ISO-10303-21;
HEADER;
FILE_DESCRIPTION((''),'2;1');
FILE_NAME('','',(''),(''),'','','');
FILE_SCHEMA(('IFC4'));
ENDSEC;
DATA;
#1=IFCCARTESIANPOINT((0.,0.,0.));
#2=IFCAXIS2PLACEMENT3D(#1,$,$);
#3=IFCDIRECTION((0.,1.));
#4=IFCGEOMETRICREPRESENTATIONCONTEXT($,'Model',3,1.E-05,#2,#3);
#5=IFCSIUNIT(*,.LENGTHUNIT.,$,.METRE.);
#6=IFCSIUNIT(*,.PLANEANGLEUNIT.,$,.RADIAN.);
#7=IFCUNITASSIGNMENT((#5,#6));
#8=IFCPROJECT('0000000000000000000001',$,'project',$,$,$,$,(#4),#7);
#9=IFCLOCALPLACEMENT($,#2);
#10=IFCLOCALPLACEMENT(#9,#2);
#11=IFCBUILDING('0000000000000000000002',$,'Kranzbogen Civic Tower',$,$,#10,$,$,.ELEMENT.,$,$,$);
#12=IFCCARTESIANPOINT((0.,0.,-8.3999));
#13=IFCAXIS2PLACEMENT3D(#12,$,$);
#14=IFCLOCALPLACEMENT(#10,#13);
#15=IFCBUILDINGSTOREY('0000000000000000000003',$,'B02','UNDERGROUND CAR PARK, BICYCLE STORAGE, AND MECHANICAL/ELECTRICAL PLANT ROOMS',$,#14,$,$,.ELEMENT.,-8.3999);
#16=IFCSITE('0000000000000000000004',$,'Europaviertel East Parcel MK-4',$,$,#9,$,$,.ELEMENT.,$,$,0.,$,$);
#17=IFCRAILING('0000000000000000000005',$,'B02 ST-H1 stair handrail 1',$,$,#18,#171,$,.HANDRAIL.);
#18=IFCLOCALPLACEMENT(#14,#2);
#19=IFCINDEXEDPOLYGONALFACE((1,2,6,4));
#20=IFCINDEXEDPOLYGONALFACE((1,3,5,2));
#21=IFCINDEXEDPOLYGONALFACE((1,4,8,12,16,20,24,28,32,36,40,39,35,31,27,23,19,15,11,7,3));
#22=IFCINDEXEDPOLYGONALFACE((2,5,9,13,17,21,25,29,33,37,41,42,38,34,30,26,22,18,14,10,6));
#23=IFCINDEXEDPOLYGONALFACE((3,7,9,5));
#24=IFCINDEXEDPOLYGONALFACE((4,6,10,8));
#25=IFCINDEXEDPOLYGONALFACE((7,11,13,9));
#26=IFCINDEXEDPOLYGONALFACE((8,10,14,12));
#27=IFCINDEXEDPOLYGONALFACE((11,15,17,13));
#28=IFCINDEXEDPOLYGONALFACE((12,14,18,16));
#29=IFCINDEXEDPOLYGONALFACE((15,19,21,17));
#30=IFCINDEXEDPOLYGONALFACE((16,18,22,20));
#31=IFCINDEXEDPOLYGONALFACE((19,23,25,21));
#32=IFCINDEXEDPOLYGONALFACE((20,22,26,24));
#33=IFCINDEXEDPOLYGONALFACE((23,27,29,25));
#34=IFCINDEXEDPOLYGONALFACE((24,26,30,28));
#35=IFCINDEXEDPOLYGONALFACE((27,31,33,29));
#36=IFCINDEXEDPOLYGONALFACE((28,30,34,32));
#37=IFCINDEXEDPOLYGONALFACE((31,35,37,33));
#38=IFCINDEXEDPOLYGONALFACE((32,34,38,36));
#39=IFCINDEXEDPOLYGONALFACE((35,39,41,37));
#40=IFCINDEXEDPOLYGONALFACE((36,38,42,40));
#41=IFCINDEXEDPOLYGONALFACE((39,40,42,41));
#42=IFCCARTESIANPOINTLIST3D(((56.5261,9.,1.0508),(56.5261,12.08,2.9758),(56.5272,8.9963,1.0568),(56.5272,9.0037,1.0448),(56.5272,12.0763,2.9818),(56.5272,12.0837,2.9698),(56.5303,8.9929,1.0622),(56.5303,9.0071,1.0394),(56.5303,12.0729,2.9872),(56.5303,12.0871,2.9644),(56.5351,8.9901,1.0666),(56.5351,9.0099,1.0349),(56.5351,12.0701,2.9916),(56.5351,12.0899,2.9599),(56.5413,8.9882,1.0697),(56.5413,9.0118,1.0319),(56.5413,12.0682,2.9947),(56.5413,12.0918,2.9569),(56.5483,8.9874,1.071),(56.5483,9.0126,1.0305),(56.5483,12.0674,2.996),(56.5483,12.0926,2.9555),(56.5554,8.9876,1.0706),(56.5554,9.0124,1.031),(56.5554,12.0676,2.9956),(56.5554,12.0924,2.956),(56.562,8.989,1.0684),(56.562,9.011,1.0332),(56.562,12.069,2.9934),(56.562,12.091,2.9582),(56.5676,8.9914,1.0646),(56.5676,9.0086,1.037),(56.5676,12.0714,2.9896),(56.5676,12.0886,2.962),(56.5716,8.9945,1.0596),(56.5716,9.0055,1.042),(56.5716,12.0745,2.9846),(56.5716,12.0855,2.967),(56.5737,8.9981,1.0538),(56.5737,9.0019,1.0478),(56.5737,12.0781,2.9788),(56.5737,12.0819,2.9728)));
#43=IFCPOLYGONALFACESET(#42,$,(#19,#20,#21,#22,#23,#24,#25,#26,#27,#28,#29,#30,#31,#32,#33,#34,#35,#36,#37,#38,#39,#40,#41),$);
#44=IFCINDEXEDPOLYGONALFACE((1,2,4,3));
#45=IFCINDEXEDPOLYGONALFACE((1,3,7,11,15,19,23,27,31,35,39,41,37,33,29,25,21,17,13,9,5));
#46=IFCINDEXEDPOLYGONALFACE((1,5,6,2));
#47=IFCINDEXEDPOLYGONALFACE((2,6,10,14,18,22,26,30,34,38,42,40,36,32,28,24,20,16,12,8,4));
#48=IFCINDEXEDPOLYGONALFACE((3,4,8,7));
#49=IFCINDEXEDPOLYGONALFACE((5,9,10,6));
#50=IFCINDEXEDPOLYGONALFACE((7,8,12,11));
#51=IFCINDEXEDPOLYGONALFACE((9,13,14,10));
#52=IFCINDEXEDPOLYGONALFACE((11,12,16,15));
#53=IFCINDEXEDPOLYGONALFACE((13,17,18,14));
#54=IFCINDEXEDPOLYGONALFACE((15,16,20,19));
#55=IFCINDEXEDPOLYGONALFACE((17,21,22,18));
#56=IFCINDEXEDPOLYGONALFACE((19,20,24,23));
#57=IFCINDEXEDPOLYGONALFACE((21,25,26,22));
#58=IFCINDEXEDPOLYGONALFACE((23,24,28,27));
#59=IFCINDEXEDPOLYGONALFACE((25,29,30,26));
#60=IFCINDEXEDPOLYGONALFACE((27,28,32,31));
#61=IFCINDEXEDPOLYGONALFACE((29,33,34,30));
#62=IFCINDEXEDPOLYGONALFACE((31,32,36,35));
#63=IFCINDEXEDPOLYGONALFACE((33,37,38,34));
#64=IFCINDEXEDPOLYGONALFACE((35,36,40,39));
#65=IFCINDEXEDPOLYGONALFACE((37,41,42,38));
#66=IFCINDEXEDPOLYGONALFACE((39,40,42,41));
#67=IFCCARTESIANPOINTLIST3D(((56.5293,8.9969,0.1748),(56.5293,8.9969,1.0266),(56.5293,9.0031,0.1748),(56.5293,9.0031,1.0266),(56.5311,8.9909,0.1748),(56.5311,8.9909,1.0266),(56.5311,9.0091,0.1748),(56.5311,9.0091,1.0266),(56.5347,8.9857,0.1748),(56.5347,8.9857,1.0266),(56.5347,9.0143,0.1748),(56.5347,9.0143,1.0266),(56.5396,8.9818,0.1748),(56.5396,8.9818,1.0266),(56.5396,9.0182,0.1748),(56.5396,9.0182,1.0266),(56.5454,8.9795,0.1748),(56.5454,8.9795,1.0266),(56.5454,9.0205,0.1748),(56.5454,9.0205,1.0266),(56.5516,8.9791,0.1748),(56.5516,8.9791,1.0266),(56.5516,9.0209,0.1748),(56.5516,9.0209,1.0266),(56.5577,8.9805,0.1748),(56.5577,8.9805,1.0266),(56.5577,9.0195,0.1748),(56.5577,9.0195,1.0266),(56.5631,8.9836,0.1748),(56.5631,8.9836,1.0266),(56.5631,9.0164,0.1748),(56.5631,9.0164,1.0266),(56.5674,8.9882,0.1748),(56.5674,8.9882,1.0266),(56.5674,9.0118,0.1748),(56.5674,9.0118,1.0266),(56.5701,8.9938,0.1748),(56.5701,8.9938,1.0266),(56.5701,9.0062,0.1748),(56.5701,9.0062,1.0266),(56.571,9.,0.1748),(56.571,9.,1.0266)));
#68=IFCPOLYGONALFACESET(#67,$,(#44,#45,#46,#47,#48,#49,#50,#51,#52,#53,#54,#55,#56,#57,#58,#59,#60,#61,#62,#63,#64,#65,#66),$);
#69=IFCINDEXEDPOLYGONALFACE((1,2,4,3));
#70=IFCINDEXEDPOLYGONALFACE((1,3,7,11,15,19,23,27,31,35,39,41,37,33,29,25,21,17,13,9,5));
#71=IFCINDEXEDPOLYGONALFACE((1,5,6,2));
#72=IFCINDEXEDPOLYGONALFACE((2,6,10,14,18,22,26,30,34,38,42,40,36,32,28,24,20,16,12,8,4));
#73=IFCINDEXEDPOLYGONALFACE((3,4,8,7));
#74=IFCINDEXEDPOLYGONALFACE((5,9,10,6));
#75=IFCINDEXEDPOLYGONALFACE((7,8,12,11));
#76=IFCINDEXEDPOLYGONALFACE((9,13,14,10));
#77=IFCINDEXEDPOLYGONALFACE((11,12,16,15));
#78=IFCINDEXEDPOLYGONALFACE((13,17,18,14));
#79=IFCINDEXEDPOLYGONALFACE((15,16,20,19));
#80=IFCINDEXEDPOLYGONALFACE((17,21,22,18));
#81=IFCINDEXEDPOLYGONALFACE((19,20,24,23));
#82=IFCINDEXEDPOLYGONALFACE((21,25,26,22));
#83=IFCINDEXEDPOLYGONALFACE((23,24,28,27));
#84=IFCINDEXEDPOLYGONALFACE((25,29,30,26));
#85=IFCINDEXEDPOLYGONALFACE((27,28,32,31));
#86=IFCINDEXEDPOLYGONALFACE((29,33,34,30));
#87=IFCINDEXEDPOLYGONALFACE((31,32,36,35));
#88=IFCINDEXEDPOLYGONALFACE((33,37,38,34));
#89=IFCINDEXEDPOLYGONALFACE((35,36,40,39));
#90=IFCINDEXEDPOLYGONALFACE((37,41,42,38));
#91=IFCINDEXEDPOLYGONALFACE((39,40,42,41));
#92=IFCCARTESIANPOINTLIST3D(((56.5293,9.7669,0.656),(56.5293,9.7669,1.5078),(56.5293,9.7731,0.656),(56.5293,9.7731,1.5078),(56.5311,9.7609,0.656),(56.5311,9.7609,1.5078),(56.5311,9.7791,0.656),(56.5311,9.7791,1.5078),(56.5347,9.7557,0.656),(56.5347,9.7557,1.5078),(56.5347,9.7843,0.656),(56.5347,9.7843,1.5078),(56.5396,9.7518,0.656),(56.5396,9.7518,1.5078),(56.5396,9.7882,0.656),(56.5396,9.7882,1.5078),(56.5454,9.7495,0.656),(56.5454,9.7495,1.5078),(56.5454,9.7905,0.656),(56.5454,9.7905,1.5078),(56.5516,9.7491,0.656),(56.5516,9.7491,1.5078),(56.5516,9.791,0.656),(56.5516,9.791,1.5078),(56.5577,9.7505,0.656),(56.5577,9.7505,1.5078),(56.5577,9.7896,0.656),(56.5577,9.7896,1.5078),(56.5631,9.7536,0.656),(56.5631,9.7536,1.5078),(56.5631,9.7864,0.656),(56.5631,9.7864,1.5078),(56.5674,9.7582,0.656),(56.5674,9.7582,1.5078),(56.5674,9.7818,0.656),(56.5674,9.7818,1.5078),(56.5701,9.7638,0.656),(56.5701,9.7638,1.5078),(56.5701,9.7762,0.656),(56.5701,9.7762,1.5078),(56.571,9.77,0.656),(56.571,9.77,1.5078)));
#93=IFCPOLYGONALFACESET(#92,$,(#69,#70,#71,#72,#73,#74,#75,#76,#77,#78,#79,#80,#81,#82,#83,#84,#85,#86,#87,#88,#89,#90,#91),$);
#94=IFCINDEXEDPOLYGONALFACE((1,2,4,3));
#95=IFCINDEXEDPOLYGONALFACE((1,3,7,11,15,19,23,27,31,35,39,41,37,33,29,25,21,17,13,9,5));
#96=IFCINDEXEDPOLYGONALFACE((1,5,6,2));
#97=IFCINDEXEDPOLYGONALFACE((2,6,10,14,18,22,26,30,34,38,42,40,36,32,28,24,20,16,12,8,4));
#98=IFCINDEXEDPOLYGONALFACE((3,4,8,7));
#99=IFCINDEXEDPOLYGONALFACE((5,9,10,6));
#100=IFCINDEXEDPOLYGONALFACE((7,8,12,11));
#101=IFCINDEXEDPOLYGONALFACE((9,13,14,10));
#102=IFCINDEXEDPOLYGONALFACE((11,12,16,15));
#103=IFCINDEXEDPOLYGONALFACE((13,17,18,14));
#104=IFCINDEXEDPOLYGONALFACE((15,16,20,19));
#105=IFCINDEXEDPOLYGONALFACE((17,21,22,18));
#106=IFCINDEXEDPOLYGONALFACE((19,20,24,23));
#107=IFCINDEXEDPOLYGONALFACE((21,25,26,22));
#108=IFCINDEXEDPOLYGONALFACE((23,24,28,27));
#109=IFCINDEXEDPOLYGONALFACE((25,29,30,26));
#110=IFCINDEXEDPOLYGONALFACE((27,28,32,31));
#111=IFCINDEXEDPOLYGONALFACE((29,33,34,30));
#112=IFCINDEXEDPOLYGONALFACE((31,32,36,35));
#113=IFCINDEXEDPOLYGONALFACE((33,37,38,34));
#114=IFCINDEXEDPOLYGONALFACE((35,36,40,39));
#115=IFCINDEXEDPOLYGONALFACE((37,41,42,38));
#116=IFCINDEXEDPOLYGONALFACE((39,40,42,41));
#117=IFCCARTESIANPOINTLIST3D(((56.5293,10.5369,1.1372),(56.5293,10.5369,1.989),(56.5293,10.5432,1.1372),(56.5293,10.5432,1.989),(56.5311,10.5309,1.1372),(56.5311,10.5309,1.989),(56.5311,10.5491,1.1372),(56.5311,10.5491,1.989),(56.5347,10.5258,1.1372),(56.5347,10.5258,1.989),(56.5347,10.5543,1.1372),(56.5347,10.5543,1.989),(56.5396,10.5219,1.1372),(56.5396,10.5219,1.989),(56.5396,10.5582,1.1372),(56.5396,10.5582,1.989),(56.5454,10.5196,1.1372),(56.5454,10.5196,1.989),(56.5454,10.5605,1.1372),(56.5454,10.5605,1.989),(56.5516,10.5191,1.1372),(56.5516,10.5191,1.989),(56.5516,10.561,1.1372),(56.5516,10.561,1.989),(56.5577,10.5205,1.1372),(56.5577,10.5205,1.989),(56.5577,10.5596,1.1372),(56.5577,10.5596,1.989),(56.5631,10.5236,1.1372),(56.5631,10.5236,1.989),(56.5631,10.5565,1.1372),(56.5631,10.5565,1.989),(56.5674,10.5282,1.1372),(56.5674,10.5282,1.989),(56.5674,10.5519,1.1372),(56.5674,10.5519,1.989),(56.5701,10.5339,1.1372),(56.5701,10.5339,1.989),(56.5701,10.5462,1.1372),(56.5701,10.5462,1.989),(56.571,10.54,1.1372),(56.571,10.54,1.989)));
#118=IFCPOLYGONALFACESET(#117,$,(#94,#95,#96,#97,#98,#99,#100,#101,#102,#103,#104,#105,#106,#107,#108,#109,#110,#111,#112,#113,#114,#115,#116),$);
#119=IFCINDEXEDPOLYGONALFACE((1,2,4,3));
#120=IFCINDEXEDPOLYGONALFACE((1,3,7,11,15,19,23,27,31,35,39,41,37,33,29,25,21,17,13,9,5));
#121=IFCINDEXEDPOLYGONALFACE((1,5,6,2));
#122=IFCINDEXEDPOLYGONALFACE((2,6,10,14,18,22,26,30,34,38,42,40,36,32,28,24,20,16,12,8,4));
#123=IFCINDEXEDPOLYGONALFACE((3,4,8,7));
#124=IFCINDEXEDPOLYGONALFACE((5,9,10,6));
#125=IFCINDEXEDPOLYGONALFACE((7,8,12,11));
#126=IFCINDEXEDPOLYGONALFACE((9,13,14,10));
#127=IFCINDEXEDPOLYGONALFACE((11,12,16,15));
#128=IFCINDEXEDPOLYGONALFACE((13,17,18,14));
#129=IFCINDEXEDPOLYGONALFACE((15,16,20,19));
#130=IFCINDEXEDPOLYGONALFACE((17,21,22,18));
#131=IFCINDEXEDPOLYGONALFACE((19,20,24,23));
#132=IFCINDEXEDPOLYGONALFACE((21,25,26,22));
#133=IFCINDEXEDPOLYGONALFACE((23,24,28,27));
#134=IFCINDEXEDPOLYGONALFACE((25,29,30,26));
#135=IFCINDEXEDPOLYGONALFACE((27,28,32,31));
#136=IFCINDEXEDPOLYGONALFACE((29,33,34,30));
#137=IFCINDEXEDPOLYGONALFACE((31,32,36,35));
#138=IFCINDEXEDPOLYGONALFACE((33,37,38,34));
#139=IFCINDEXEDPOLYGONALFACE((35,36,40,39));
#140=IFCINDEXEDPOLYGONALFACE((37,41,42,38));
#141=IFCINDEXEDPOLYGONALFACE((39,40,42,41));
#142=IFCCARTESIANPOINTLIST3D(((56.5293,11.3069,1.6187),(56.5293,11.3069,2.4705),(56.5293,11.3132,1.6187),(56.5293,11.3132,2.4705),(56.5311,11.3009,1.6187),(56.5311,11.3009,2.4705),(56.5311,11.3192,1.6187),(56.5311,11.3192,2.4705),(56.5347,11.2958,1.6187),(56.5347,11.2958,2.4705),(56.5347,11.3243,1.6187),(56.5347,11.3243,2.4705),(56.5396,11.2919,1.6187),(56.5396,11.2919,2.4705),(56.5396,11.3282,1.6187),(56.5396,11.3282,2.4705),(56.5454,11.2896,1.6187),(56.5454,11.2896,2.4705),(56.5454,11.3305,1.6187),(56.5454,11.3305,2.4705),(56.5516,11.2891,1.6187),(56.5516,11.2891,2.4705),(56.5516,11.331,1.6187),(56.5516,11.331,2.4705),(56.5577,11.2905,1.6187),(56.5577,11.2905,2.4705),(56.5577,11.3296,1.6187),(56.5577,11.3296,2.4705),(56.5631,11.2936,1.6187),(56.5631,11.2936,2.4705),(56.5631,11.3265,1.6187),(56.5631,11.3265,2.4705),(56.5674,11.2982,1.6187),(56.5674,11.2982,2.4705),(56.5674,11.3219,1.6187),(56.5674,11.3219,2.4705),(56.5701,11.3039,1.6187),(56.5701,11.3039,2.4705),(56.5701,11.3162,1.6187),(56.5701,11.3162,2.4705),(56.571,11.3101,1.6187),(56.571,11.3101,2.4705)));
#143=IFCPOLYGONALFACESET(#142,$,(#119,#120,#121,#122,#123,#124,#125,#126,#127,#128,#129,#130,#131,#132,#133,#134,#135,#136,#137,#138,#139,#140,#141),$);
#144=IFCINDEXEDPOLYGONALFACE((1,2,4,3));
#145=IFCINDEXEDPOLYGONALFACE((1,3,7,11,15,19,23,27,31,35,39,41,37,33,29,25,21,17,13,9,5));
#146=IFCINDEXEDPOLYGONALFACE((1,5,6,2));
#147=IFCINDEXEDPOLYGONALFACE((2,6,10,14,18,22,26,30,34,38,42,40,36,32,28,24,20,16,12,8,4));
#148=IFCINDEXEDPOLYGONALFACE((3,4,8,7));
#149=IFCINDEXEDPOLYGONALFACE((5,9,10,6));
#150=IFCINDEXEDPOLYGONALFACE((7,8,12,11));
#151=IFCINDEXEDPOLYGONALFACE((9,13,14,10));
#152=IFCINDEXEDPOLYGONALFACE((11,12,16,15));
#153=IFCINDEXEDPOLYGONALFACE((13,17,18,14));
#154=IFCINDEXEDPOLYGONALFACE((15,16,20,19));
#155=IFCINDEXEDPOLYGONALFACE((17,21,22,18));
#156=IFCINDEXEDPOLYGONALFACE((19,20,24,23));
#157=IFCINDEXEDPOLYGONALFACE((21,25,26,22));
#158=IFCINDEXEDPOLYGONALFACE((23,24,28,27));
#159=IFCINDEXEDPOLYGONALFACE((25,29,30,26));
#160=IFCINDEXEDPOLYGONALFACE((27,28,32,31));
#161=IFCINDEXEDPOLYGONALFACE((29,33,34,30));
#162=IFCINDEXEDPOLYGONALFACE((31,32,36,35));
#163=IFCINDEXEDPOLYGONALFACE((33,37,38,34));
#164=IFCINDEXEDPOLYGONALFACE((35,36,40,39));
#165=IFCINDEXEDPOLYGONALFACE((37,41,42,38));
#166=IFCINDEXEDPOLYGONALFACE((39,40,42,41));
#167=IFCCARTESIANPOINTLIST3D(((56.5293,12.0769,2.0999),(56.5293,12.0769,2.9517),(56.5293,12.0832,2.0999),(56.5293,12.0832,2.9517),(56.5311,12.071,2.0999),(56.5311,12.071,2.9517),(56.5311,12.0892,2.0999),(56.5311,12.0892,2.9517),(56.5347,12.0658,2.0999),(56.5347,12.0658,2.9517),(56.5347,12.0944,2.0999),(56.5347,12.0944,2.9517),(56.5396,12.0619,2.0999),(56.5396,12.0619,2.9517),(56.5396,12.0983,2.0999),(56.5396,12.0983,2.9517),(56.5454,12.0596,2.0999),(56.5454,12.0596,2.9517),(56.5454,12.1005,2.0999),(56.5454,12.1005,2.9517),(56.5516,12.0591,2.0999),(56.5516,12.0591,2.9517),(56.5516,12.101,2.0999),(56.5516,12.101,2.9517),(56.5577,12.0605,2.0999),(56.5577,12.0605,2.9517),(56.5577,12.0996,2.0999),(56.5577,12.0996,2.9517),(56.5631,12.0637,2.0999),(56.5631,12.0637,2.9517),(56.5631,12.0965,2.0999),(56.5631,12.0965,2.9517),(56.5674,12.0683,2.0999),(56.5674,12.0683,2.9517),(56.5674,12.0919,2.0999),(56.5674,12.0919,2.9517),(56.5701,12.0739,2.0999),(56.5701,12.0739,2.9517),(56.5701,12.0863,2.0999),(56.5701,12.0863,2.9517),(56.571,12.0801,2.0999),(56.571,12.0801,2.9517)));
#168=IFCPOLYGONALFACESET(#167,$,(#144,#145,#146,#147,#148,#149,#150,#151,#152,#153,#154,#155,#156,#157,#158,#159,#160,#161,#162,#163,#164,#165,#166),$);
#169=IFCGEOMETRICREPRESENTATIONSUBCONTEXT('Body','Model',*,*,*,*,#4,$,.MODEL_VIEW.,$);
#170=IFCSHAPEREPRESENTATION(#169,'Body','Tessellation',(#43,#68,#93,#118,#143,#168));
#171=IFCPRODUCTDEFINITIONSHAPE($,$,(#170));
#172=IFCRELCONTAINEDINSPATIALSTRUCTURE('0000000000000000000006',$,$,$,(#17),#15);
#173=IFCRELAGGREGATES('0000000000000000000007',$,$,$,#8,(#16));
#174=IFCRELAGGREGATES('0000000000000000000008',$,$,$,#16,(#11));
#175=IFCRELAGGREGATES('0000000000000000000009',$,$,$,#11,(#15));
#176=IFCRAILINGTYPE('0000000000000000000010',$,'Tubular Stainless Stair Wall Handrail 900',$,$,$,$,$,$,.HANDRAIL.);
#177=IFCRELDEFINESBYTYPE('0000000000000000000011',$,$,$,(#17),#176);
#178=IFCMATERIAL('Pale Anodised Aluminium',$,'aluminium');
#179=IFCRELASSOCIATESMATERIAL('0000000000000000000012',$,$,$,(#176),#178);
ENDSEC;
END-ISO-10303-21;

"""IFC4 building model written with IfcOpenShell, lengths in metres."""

from ifc_helpers import new_model, si_unit, direction, frame, origin, origin_2d, place, context, subcontext, project, spatial, circle, extrude, material, type_object, element, save


model = new_model("IFC4")

# Units and contexts
model_context = context("Model", 3, precision=1e-05, world=origin(), true_north=direction((0.0, 1.0)))
body_context = subcontext(model_context, "Body", "Model", "MODEL_VIEW")
ifc_project = project(units=[si_unit("LENGTHUNIT", "METRE"), si_unit("PLANEANGLEUNIT", "RADIAN")], contexts=[model_context])

# Site, building, storey
site_placement = place(None, origin())
site = spatial("IfcSite", under=ifc_project, at=site_placement, Name="Europaviertel East Parcel MK-4", CompositionType="ELEMENT", RefElevation=0.0)
building_placement = place(site_placement, origin())
building = spatial("IfcBuilding", under=site, at=building_placement, Name="Kranzbogen Civic Tower", CompositionType="ELEMENT")
storey_placement = place(building_placement, frame((0.0, 0.0, -8.3999)))
storey = spatial("IfcBuildingStorey", under=building, at=storey_placement, Name="B02", Description="UNDERGROUND CAR PARK, BICYCLE STORAGE, AND MECHANICAL/ELECTRICAL PLANT ROOMS", CompositionType="ELEMENT", Elevation=-8.3999)

# Railing
ifc_material_1 = material(Name="Pale Anodised Aluminium", Category="aluminium")
railing_type_1 = type_object("IfcRailingType", Name="Tubular Stainless Stair Wall Handrail 900", PredefinedType="HANDRAIL", material=ifc_material_1)
railing_1_placement = place(storey_placement, frame((56.55, 9.0, 0.1748)))
element("IfcRailing", 1, at=railing_1_placement, inside=storey, type_object=railing_type_1, Name="B02 ST-H1 stair handrail 1", PredefinedType="HANDRAIL", context=body_context, shape_type="SweptSolid", body=[
    extrude(circle(Radius=0.0239, at=origin_2d()), frame((0.0, 0.0, 0.876), z_axis=(0.0, 0.847998, 0.529999), x_axis=(-1.0, 0.0, 0.0)), (0.0, 0.0, 1.0), 3.6321),
    extrude(circle(Radius=0.021, at=origin_2d()), origin(), (0.0, 0.0, 1.0), 0.8518),
    extrude(circle(Radius=0.021, at=origin_2d()), frame((0.0, 0.77, 0.4812)), (0.0, 0.0, 1.0), 0.8518),
    extrude(circle(Radius=0.021, at=origin_2d()), frame((0.0, 1.54, 0.9624)), (0.0, 0.0, 1.0), 0.8518),
    extrude(circle(Radius=0.021, at=origin_2d()), frame((0.0, 2.3101, 1.4438)), (0.0, 0.0, 1.0), 0.8518),
    extrude(circle(Radius=0.021, at=origin_2d()), frame((0.0, 3.0801, 1.925)), (0.0, 0.0, 1.0), 0.8518),
])

save(model, "model.ifc")
